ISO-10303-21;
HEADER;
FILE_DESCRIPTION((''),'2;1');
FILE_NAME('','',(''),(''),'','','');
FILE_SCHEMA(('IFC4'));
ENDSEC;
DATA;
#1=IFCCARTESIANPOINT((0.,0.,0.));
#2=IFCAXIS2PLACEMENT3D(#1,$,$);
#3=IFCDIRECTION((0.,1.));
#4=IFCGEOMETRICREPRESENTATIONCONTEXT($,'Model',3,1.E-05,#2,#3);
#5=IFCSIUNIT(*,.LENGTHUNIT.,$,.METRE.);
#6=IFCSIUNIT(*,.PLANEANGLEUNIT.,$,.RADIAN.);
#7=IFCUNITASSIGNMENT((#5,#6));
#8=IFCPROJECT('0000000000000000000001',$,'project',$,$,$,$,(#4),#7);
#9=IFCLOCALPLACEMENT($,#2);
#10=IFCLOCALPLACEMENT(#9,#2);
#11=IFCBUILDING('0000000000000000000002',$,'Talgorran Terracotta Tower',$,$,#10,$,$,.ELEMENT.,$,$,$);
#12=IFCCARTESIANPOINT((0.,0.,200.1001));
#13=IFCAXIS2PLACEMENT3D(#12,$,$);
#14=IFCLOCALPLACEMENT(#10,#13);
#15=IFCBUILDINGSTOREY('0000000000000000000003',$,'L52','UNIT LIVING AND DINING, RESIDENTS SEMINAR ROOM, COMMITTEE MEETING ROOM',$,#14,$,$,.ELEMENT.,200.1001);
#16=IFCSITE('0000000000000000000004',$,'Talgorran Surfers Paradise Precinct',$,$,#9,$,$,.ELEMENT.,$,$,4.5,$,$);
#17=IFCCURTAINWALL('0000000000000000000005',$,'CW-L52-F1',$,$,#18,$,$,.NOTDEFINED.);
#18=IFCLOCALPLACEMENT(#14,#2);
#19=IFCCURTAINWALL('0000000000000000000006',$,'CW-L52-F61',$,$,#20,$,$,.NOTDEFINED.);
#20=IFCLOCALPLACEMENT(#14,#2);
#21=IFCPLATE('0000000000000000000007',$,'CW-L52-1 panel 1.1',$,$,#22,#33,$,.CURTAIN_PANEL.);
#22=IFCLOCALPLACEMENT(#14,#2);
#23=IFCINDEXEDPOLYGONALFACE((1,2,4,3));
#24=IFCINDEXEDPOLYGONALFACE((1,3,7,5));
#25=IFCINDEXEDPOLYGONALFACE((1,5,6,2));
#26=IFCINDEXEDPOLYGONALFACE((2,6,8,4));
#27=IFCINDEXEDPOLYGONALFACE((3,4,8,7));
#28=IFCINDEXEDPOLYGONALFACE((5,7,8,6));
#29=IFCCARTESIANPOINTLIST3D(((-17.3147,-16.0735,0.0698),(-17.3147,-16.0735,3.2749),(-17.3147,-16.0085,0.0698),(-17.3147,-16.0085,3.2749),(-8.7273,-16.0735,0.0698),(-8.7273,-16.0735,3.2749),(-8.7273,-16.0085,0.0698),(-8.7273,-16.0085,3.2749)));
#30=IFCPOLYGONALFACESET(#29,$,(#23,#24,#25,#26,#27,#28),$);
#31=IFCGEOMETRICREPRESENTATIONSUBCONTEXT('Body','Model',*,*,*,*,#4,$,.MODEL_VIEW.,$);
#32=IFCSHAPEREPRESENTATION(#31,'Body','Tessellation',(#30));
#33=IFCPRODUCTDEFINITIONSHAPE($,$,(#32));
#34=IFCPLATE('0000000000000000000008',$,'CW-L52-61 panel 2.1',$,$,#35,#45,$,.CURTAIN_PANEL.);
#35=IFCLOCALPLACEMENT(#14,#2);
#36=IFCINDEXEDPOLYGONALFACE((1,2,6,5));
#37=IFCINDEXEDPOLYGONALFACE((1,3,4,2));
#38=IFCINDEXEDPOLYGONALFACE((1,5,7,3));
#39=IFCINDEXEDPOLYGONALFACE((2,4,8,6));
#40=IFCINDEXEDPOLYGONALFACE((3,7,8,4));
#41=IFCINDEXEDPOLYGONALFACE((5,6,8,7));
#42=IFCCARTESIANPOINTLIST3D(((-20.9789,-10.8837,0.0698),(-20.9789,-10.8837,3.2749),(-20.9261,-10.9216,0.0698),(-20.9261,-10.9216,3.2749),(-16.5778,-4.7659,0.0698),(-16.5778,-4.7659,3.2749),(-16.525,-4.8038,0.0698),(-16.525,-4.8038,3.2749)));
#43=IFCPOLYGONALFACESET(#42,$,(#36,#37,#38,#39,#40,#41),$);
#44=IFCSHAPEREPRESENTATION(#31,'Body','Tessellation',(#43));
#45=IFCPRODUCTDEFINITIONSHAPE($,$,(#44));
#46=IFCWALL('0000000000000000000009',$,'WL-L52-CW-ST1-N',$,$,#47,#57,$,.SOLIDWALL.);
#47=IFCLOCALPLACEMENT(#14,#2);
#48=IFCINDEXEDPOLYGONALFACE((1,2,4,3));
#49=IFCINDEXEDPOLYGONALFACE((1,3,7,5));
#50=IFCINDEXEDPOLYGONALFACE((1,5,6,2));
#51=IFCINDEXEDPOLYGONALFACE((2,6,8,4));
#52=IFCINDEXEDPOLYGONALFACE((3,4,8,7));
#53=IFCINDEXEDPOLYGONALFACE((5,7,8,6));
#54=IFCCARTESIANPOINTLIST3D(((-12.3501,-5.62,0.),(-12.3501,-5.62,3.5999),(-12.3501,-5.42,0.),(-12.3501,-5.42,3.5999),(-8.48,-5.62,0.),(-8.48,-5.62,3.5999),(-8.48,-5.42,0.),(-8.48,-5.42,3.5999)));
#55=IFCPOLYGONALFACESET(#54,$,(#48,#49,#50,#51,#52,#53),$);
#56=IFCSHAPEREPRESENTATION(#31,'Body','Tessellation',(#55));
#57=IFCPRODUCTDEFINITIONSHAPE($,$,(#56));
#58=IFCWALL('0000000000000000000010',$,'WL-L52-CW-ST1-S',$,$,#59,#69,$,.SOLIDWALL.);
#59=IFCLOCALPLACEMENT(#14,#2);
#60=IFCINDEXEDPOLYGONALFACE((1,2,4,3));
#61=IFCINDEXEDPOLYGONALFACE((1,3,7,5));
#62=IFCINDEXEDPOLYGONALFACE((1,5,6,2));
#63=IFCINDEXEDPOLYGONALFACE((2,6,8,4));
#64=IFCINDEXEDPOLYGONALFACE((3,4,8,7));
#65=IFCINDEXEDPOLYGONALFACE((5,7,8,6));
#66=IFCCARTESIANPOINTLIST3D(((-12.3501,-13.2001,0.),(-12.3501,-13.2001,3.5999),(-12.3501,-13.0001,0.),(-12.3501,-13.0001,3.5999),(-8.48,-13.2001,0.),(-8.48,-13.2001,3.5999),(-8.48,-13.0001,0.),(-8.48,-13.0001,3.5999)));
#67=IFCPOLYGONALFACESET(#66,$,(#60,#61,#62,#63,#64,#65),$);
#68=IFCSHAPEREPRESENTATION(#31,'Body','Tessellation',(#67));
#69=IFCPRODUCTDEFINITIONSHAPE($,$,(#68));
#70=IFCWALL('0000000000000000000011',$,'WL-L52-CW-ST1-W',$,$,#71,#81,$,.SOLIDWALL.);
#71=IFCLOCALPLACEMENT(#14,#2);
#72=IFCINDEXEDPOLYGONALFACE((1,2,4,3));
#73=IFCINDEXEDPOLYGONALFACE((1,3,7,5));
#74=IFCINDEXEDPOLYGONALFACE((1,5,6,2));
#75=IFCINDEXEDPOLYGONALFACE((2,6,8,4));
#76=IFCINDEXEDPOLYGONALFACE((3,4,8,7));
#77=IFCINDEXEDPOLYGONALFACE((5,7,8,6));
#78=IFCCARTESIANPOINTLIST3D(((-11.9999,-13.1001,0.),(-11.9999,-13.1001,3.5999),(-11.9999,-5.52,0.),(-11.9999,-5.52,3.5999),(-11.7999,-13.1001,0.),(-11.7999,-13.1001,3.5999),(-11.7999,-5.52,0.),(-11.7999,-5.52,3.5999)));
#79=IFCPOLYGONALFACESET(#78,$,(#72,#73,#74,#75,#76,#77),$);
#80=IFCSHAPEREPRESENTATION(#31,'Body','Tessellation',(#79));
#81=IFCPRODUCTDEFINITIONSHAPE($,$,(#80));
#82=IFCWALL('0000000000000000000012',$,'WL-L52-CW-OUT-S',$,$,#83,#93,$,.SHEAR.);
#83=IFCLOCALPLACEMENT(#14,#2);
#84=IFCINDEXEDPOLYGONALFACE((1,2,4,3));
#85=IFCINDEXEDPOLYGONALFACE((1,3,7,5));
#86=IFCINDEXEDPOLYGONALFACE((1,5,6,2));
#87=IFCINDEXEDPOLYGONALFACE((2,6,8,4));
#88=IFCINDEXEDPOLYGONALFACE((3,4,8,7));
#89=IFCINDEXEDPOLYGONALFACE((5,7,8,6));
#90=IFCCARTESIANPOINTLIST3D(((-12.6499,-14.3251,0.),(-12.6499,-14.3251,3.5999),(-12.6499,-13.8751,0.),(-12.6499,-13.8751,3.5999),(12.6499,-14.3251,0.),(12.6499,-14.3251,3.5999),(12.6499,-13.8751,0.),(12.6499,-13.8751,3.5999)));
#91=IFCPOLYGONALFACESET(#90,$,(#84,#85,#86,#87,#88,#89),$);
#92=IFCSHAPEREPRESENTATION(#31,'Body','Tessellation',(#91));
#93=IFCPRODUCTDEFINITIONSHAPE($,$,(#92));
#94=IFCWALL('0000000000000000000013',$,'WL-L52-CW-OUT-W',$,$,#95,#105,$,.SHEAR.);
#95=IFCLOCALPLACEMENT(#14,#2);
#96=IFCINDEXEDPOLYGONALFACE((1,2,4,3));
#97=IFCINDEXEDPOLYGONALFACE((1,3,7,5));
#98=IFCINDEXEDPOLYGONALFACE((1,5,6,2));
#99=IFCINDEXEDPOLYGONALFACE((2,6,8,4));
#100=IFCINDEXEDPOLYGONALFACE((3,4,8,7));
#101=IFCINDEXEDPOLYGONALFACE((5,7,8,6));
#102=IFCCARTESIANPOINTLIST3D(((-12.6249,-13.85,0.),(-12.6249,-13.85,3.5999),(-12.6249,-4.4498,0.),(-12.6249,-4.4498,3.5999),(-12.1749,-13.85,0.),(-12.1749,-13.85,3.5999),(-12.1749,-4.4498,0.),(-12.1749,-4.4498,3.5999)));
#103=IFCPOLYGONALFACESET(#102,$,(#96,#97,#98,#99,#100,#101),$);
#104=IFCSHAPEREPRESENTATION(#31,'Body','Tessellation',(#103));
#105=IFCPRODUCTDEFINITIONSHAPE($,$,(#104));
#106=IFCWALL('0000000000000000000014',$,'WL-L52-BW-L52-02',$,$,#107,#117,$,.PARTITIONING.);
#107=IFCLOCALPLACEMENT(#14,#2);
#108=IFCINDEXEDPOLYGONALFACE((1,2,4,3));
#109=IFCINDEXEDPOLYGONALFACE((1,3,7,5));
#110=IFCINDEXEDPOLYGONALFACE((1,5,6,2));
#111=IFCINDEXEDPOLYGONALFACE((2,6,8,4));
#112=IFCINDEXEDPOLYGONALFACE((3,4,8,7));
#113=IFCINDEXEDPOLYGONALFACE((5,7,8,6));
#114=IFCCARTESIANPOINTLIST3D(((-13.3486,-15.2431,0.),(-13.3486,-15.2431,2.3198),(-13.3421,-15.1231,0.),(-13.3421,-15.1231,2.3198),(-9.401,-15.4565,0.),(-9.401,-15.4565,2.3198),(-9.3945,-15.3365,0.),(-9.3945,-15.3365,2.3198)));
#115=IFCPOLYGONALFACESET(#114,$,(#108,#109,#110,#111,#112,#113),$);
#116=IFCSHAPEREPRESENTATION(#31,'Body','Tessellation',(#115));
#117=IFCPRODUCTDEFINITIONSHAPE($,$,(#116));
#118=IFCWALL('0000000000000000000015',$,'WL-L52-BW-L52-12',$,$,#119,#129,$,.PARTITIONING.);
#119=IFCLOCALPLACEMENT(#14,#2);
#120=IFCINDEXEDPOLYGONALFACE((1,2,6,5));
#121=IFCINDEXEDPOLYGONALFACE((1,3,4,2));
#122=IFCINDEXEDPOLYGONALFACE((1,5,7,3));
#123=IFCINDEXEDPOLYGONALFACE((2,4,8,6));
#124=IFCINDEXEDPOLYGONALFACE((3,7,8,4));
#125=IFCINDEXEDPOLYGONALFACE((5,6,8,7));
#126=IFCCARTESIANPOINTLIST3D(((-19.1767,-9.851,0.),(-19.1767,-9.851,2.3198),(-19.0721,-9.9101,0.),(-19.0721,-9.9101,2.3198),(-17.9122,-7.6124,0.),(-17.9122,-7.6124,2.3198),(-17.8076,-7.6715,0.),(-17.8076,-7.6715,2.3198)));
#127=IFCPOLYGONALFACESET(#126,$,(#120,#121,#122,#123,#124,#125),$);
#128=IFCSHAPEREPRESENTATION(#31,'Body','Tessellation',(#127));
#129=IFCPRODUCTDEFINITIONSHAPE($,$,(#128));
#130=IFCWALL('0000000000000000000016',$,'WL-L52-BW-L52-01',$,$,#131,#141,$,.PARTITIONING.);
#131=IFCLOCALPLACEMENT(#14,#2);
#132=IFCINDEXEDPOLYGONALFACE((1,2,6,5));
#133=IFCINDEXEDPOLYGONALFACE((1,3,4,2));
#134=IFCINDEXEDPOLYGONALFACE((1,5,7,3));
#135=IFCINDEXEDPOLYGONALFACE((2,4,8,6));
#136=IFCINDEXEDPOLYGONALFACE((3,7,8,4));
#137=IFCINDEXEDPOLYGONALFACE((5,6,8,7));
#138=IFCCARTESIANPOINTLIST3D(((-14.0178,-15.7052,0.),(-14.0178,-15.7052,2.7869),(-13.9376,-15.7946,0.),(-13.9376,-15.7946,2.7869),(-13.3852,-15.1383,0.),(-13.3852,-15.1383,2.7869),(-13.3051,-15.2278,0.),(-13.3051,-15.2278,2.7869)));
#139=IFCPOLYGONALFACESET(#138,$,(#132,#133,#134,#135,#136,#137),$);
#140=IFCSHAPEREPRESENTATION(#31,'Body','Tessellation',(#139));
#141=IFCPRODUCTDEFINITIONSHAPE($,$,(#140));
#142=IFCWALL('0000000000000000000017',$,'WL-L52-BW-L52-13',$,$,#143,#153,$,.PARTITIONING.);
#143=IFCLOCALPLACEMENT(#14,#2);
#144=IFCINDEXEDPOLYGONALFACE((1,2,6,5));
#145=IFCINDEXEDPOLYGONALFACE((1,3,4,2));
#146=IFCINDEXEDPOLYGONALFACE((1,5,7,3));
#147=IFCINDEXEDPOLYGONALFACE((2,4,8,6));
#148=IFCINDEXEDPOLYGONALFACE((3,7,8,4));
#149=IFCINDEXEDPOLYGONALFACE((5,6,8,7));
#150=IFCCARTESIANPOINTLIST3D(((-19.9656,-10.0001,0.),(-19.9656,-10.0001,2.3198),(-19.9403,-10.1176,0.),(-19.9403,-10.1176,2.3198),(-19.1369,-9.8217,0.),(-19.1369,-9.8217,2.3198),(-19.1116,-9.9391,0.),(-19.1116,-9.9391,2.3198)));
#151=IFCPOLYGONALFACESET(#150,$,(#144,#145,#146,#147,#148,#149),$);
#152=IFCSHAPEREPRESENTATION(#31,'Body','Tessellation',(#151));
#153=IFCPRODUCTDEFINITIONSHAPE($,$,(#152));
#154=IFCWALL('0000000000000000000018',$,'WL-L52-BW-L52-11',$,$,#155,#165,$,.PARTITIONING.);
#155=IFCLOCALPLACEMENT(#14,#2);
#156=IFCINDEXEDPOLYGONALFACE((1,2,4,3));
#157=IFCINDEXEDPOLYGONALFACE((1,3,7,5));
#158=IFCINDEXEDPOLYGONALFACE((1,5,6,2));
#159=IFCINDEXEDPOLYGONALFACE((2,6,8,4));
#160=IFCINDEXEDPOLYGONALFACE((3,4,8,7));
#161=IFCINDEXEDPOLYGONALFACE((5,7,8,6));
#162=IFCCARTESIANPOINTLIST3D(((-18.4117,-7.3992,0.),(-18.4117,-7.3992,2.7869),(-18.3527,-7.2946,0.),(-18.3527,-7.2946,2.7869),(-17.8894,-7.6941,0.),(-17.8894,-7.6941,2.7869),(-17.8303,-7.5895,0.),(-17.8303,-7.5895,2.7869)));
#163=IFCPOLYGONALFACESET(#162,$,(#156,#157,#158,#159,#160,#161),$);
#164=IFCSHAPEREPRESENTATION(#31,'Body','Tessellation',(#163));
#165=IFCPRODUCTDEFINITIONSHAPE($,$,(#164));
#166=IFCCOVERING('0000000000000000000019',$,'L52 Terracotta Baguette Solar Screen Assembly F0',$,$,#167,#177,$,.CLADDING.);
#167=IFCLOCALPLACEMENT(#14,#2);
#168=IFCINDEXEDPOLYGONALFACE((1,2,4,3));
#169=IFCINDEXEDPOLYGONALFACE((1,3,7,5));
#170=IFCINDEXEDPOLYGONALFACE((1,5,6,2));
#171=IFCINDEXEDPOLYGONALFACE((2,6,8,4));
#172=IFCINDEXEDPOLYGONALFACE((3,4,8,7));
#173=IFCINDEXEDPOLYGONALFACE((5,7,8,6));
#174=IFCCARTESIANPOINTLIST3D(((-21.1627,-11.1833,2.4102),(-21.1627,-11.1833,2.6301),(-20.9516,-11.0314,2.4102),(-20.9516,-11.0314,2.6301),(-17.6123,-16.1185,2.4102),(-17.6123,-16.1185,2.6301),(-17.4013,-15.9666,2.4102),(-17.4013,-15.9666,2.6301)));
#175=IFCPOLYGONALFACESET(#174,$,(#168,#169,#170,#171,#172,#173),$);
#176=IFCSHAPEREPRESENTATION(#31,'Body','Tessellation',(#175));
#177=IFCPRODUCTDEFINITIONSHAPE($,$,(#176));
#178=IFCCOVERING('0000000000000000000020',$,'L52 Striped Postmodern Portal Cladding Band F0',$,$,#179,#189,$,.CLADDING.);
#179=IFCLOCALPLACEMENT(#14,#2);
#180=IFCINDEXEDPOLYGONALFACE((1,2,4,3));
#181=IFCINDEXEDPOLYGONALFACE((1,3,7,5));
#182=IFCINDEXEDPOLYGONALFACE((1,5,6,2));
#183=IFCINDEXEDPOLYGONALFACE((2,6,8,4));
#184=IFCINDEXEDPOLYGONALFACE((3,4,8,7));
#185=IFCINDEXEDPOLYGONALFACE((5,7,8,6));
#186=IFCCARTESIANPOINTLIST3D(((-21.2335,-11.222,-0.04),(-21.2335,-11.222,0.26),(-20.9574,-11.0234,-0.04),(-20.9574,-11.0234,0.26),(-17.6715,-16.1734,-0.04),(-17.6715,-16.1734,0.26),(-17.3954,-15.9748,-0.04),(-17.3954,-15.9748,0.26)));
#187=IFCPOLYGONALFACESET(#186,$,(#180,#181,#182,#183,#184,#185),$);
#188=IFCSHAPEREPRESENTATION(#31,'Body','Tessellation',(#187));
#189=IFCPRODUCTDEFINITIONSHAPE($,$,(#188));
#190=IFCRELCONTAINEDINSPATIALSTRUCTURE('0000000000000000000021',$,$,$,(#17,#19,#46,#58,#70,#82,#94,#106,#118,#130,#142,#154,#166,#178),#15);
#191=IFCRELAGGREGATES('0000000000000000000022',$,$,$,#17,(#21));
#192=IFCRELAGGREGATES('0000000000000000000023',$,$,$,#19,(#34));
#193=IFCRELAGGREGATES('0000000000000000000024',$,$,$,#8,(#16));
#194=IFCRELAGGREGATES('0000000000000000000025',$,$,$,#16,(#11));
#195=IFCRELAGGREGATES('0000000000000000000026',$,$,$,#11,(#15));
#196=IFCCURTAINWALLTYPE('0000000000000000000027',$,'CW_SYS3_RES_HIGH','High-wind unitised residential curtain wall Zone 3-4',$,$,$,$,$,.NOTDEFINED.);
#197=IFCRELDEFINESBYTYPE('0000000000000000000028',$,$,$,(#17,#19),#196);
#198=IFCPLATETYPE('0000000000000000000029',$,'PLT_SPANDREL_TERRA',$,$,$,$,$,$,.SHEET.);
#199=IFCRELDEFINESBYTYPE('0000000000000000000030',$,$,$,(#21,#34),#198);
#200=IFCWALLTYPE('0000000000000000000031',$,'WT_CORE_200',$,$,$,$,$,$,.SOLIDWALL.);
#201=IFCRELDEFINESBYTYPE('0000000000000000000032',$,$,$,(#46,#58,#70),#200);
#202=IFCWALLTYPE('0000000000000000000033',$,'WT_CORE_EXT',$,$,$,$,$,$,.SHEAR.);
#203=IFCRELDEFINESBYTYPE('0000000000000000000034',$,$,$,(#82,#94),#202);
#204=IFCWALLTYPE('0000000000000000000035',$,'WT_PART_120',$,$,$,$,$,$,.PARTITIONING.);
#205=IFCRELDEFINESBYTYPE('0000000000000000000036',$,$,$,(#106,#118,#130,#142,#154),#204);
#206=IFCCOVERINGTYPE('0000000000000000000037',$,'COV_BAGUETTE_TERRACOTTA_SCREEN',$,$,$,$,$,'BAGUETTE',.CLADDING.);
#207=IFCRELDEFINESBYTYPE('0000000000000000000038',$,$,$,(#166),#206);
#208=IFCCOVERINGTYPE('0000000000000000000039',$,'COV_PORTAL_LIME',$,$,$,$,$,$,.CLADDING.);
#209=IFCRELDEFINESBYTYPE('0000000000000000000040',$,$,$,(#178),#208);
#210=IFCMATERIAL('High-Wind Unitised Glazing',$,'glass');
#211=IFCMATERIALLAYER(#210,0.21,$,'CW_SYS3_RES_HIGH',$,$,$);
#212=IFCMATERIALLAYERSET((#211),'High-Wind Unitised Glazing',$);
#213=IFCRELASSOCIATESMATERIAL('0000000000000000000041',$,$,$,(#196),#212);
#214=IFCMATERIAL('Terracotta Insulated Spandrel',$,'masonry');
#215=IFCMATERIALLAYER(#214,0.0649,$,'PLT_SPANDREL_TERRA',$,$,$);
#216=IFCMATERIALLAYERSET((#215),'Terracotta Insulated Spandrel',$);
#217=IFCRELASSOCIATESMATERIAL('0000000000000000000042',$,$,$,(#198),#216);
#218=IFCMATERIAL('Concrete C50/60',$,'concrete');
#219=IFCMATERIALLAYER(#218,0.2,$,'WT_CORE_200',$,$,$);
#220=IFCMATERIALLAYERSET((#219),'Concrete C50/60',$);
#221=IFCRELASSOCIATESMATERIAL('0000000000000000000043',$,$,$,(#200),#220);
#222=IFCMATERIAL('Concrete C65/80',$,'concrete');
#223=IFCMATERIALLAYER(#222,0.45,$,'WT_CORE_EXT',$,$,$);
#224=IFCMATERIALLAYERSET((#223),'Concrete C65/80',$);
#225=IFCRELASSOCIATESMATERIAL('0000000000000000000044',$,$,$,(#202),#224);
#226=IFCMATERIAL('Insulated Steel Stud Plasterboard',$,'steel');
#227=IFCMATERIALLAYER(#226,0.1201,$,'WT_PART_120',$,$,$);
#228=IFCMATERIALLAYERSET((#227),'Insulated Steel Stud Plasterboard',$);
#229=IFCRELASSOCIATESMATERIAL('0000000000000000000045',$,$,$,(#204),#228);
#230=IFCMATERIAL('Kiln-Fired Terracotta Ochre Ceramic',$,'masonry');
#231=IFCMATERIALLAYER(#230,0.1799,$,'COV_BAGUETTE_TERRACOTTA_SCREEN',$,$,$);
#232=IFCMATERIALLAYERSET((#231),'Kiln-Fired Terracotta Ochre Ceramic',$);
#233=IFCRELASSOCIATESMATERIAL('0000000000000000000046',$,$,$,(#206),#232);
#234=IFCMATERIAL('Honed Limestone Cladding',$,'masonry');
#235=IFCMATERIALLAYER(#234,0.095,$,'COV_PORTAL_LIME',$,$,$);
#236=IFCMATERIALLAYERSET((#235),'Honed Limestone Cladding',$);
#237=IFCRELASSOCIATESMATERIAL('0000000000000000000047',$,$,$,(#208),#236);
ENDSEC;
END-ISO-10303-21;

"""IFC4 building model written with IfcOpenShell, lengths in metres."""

from ifc_helpers import new_model, si_unit, direction, frame, frame_2d, origin, origin_2d, place, context, subcontext, project, spatial, rectangle, extrude, source, transform, mapped, material, layer, layer_set, type_object, type_shapes, element, aggregate, save


model = new_model("IFC4")

# Units and contexts
model_context = context("Model", 3, precision=1e-05, world=origin(), true_north=direction((0.0, 1.0)))
body_context = subcontext(model_context, "Body", "Model", "MODEL_VIEW")
ifc_project = project(units=[si_unit("LENGTHUNIT", "METRE"), si_unit("PLANEANGLEUNIT", "RADIAN")], contexts=[model_context])

# Site, building, storey
site_placement = place(None, origin())
site = spatial("IfcSite", under=ifc_project, at=site_placement, Name="Talgorran Surfers Paradise Precinct", CompositionType="ELEMENT", RefElevation=4.5)
building_placement = place(site_placement, origin())
building = spatial("IfcBuilding", under=site, at=building_placement, Name="Talgorran Terracotta Tower", CompositionType="ELEMENT")
storey_placement = place(building_placement, frame((0.0, 0.0, 200.1001)))
storey = spatial("IfcBuildingStorey", under=building, at=storey_placement, Name="L52", Description="UNIT LIVING AND DINING, RESIDENTS SEMINAR ROOM, COMMITTEE MEETING ROOM", CompositionType="ELEMENT", Elevation=200.1001)

# Shared definitions
ifc_material_1 = material(Name="High-Wind Unitised Glazing", Category="glass")
ifc_layer_1 = layer(ifc_material_1, 0.21, Name="CW_SYS3_RES_HIGH")
ifc_layer_set_1 = layer_set([ifc_layer_1], Name="High-Wind Unitised Glazing")
curtain_wall_type = type_object("IfcCurtainWallType", Name="CW_SYS3_RES_HIGH", Description="High-wind unitised residential curtain wall Zone 3-4", PredefinedType="NOTDEFINED", material=ifc_layer_set_1)

# Curtain walls
curtain_wall_1_placement = place(storey_placement, origin())
curtain_wall_1 = element("IfcCurtainWall", 1, at=curtain_wall_1_placement, inside=storey, type_object=curtain_wall_type, Name="CW-L52-F1", PredefinedType="NOTDEFINED")
curtain_wall_2_placement = place(storey_placement, origin())
curtain_wall_2 = element("IfcCurtainWall", 2, at=curtain_wall_2_placement, inside=storey, type_object=curtain_wall_type, Name="CW-L52-F61", PredefinedType="NOTDEFINED")

# Plates
ifc_material_2 = material(Name="Terracotta Insulated Spandrel", Category="masonry")
ifc_layer_2 = layer(ifc_material_2, 0.0649, Name="PLT_SPANDREL_TERRA")
ifc_layer_set_2 = layer_set([ifc_layer_2], Name="Terracotta Insulated Spandrel")
plate_type_1 = type_object("IfcPlateType", Name="PLT_SPANDREL_TERRA", PredefinedType="SHEET", material=ifc_layer_set_2)
shared_shape_1 = source(origin(), body_context, "Body", "SweptSolid", [
    extrude(rectangle(XDim=8.5874, YDim=0.0649, at=origin_2d()), origin(), (0.0, 0.0, 1.0), 3.2051),
])
plate_1_placement = place(storey_placement, frame((-13.021, -16.041, 0.0698), z_axis=(0.0, 0.0, 1.0), x_axis=(1.0, 0.0, 0.0)))
plate_1 = element("IfcPlate", 3, at=plate_1_placement, type_object=plate_type_1, Name="CW-L52-1 panel 1.1", PredefinedType="CURTAIN_PANEL", context=body_context, shape_type="MappedRepresentation", body=[
    mapped(shared_shape_1, transform((0.0, 0.0, 0.0), scale=1.0)),
])
aggregate(curtain_wall_1, [plate_1])
shared_shape_2 = source(origin(), body_context, "Body", "SweptSolid", [
    extrude(rectangle(XDim=7.5364, YDim=0.0649, at=origin_2d()), origin(), (0.0, 0.0, 1.0), 3.2051),
])
type_shapes(plate_type_1, [shared_shape_1, shared_shape_2])
plate_2_placement = place(storey_placement, frame((-18.752, -7.8438, 0.0698), z_axis=(0.0, 0.0, 1.0), x_axis=(-0.583982, -0.811767, 0.0)))
plate_2 = element("IfcPlate", 4, at=plate_2_placement, type_object=plate_type_1, Name="CW-L52-61 panel 2.1", PredefinedType="CURTAIN_PANEL", context=body_context, shape_type="MappedRepresentation", body=[
    mapped(shared_shape_2, transform((0.0, 0.0, 0.0), scale=1.0)),
])
aggregate(curtain_wall_2, [plate_2])

# Walls
ifc_material_3 = material(Name="Concrete C50/60", Category="concrete")
ifc_layer_3 = layer(ifc_material_3, 0.2, Name="WT_CORE_200")
ifc_layer_set_3 = layer_set([ifc_layer_3], Name="Concrete C50/60")
wall_type_1 = type_object("IfcWallType", Name="WT_CORE_200", PredefinedType="SOLIDWALL", material=ifc_layer_set_3)
for number, where, z_axis, x_axis, name in (
    (5, (-12.3501, -5.52, 0.0), (0.0, 0.0, 1.0), (1.0, 0.0, 0.0), "WL-L52-CW-ST1-N"),
    (6, (-12.3501, -13.1001, 0.0), (0.0, 0.0, 1.0), (1.0, 0.0, 0.0), "WL-L52-CW-ST1-S"),
):
    element("IfcWall", number, at=place(storey_placement, frame(where, z_axis=z_axis, x_axis=x_axis)), inside=storey, type_object=wall_type_1, Name=name, PredefinedType="SOLIDWALL", context=body_context, shape_type="SweptSolid", body=[
        extrude(rectangle(XDim=3.8701, YDim=0.2, at=frame_2d((1.9351, 0.0))), origin(), (0.0, 0.0, 1.0), 3.5999),
    ])
wall_1_placement = place(storey_placement, frame((-11.8999, -13.1001, 0.0), z_axis=(0.0, 0.0, 1.0), x_axis=(0.0, 1.0, 0.0)))
element("IfcWall", 7, at=wall_1_placement, inside=storey, type_object=wall_type_1, Name="WL-L52-CW-ST1-W", PredefinedType="SOLIDWALL", context=body_context, shape_type="SweptSolid", body=[
    extrude(rectangle(XDim=7.5801, YDim=0.2, at=frame_2d((3.79, 0.0))), origin(), (0.0, 0.0, 1.0), 3.5999),
])
ifc_material_4 = material(Name="Concrete C65/80", Category="concrete")
ifc_layer_4 = layer(ifc_material_4, 0.45, Name="WT_CORE_EXT")
ifc_layer_set_4 = layer_set([ifc_layer_4], Name="Concrete C65/80")
wall_type_2 = type_object("IfcWallType", Name="WT_CORE_EXT", PredefinedType="SHEAR", material=ifc_layer_set_4)
wall_2_placement = place(storey_placement, frame((-12.6499, -14.1001, 0.0), z_axis=(0.0, 0.0, 1.0), x_axis=(1.0, 0.0, 0.0)))
element("IfcWall", 8, at=wall_2_placement, inside=storey, type_object=wall_type_2, Name="WL-L52-CW-OUT-S", PredefinedType="SHEAR", context=body_context, shape_type="SweptSolid", body=[
    extrude(rectangle(XDim=25.2998, YDim=0.45, at=frame_2d((12.6499, 0.0))), origin(), (0.0, 0.0, 1.0), 3.5999),
])
wall_3_placement = place(storey_placement, frame((-12.3999, -13.8501, 0.0), z_axis=(0.0, 0.0, 1.0), x_axis=(0.0, 1.0, 0.0)))
element("IfcWall", 9, at=wall_3_placement, inside=storey, type_object=wall_type_2, Name="WL-L52-CW-OUT-W", PredefinedType="SHEAR", context=body_context, shape_type="SweptSolid", body=[
    extrude(rectangle(XDim=9.4001, YDim=0.45, at=frame_2d((4.7002, 0.0))), origin(), (0.0, 0.0, 1.0), 3.5999),
])
ifc_material_5 = material(Name="Insulated Steel Stud Plasterboard", Category="steel")
ifc_layer_5 = layer(ifc_material_5, 0.1201, Name="WT_PART_120")
ifc_layer_set_5 = layer_set([ifc_layer_5], Name="Insulated Steel Stud Plasterboard")
wall_type_3 = type_object("IfcWallType", Name="WT_PART_120", PredefinedType="PARTITIONING", material=ifc_layer_set_5)
wall_4_placement = place(storey_placement, frame((-13.3452, -15.1831, 0.0), z_axis=(0.0, 0.0, 1.0), x_axis=(0.998542, -0.053975, 0.0)))
element("IfcWall", 10, at=wall_4_placement, inside=storey, type_object=wall_type_3, Name="WL-L52-BW-L52-02", PredefinedType="PARTITIONING", context=body_context, shape_type="SweptSolid", body=[
    extrude(rectangle(XDim=3.9534, YDim=0.1201, at=frame_2d((1.9766, 0.0))), origin(), (0.0, 0.0, 1.0), 2.3198),
])
wall_5_placement = place(storey_placement, frame((-17.8599, -7.6418, 0.0), z_axis=(0.0, 0.0, 1.0), x_axis=(-0.491807, -0.870704, 0.0)))
element("IfcWall", 11, at=wall_5_placement, inside=storey, type_object=wall_type_3, Name="WL-L52-BW-L52-12", PredefinedType="PARTITIONING", context=body_context, shape_type="SweptSolid", body=[
    extrude(rectangle(XDim=2.571, YDim=0.1201, at=frame_2d((1.2856, 0.0))), origin(), (0.0, 0.0, 1.0), 2.3198),
])
wall_6_placement = place(storey_placement, frame((-13.9778, -15.75, 0.0), z_axis=(0.0, 0.0, 1.0), x_axis=(0.744707, 0.667391, 0.0)))
element("IfcWall", 12, at=wall_6_placement, inside=storey, type_object=wall_type_3, Name="WL-L52-BW-L52-01", PredefinedType="PARTITIONING", context=body_context, shape_type="SweptSolid", body=[
    extrude(rectangle(XDim=0.8494, YDim=0.1201, at=frame_2d((0.4248, 0.0))), origin(), (0.0, 0.0, 1.0), 2.7869),
])
wall_7_placement = place(storey_placement, frame((-19.1243, -9.8804, 0.0), z_axis=(0.0, 0.0, 1.0), x_axis=(-0.977583, -0.210552, 0.0)))
element("IfcWall", 13, at=wall_7_placement, inside=storey, type_object=wall_type_3, Name="WL-L52-BW-L52-13", PredefinedType="PARTITIONING", context=body_context, shape_type="SweptSolid", body=[
    extrude(rectangle(XDim=0.8477, YDim=0.1201, at=frame_2d((0.4238, 0.0))), origin(), (0.0, 0.0, 1.0), 2.3198),
])
wall_8_placement = place(storey_placement, frame((-18.3821, -7.3469, 0.0), z_axis=(0.0, 0.0, 1.0), x_axis=(0.870737, -0.491749, 0.0)))
element("IfcWall", 14, at=wall_8_placement, inside=storey, type_object=wall_type_3, Name="WL-L52-BW-L52-11", PredefinedType="PARTITIONING", context=body_context, shape_type="SweptSolid", body=[
    extrude(rectangle(XDim=0.5999, YDim=0.1201, at=frame_2d((0.2998, 0.0))), origin(), (0.0, 0.0, 1.0), 2.7869),
])

# Coverings
ifc_material_6 = material(Name="Kiln-Fired Terracotta Ochre Ceramic", Category="masonry")
ifc_layer_6 = layer(ifc_material_6, 0.1799, Name="COV_BAGUETTE_TERRACOTTA_SCREEN")
ifc_layer_set_6 = layer_set([ifc_layer_6], Name="Kiln-Fired Terracotta Ochre Ceramic")
covering_type_1 = type_object("IfcCoveringType", Name="COV_BAGUETTE_TERRACOTTA_SCREEN", ElementType="BAGUETTE", PredefinedType="CLADDING", material=ifc_layer_set_6)
covering_1_placement = place(storey_placement, frame((-19.282, -13.575, 2.4102), z_axis=(0.0, 0.0, 1.0), x_axis=(0.583981, -0.811768, 0.0)))
element("IfcCovering", 15, at=covering_1_placement, inside=storey, type_object=covering_type_1, Name="L52 Terracotta Baguette Solar Screen Assembly F0", PredefinedType="CLADDING", context=body_context, shape_type="SweptSolid", body=[
    extrude(rectangle(XDim=6.0796, YDim=0.26, at=origin_2d()), origin(), (0.0, 0.0, 1.0), 0.22),
])
ifc_material_7 = material(Name="Honed Limestone Cladding", Category="masonry")
ifc_layer_7 = layer(ifc_material_7, 0.095, Name="COV_PORTAL_LIME")
ifc_layer_set_7 = layer_set([ifc_layer_7], Name="Honed Limestone Cladding")
covering_type_2 = type_object("IfcCoveringType", Name="COV_PORTAL_LIME", PredefinedType="CLADDING", material=ifc_layer_set_7)
covering_2_placement = place(storey_placement, frame((-19.3145, -13.5984, -0.04), z_axis=(0.0, 0.0, 1.0), x_axis=(0.583981, -0.811768, 0.0)))
element("IfcCovering", 16, at=covering_2_placement, inside=storey, type_object=covering_type_2, Name="L52 Striped Postmodern Portal Cladding Band F0", PredefinedType="CLADDING", context=body_context, shape_type="SweptSolid", body=[
    extrude(rectangle(XDim=6.0996, YDim=0.3401, at=origin_2d()), origin(), (0.0, 0.0, 1.0), 0.3),
])

save(model, "model.ifc")
